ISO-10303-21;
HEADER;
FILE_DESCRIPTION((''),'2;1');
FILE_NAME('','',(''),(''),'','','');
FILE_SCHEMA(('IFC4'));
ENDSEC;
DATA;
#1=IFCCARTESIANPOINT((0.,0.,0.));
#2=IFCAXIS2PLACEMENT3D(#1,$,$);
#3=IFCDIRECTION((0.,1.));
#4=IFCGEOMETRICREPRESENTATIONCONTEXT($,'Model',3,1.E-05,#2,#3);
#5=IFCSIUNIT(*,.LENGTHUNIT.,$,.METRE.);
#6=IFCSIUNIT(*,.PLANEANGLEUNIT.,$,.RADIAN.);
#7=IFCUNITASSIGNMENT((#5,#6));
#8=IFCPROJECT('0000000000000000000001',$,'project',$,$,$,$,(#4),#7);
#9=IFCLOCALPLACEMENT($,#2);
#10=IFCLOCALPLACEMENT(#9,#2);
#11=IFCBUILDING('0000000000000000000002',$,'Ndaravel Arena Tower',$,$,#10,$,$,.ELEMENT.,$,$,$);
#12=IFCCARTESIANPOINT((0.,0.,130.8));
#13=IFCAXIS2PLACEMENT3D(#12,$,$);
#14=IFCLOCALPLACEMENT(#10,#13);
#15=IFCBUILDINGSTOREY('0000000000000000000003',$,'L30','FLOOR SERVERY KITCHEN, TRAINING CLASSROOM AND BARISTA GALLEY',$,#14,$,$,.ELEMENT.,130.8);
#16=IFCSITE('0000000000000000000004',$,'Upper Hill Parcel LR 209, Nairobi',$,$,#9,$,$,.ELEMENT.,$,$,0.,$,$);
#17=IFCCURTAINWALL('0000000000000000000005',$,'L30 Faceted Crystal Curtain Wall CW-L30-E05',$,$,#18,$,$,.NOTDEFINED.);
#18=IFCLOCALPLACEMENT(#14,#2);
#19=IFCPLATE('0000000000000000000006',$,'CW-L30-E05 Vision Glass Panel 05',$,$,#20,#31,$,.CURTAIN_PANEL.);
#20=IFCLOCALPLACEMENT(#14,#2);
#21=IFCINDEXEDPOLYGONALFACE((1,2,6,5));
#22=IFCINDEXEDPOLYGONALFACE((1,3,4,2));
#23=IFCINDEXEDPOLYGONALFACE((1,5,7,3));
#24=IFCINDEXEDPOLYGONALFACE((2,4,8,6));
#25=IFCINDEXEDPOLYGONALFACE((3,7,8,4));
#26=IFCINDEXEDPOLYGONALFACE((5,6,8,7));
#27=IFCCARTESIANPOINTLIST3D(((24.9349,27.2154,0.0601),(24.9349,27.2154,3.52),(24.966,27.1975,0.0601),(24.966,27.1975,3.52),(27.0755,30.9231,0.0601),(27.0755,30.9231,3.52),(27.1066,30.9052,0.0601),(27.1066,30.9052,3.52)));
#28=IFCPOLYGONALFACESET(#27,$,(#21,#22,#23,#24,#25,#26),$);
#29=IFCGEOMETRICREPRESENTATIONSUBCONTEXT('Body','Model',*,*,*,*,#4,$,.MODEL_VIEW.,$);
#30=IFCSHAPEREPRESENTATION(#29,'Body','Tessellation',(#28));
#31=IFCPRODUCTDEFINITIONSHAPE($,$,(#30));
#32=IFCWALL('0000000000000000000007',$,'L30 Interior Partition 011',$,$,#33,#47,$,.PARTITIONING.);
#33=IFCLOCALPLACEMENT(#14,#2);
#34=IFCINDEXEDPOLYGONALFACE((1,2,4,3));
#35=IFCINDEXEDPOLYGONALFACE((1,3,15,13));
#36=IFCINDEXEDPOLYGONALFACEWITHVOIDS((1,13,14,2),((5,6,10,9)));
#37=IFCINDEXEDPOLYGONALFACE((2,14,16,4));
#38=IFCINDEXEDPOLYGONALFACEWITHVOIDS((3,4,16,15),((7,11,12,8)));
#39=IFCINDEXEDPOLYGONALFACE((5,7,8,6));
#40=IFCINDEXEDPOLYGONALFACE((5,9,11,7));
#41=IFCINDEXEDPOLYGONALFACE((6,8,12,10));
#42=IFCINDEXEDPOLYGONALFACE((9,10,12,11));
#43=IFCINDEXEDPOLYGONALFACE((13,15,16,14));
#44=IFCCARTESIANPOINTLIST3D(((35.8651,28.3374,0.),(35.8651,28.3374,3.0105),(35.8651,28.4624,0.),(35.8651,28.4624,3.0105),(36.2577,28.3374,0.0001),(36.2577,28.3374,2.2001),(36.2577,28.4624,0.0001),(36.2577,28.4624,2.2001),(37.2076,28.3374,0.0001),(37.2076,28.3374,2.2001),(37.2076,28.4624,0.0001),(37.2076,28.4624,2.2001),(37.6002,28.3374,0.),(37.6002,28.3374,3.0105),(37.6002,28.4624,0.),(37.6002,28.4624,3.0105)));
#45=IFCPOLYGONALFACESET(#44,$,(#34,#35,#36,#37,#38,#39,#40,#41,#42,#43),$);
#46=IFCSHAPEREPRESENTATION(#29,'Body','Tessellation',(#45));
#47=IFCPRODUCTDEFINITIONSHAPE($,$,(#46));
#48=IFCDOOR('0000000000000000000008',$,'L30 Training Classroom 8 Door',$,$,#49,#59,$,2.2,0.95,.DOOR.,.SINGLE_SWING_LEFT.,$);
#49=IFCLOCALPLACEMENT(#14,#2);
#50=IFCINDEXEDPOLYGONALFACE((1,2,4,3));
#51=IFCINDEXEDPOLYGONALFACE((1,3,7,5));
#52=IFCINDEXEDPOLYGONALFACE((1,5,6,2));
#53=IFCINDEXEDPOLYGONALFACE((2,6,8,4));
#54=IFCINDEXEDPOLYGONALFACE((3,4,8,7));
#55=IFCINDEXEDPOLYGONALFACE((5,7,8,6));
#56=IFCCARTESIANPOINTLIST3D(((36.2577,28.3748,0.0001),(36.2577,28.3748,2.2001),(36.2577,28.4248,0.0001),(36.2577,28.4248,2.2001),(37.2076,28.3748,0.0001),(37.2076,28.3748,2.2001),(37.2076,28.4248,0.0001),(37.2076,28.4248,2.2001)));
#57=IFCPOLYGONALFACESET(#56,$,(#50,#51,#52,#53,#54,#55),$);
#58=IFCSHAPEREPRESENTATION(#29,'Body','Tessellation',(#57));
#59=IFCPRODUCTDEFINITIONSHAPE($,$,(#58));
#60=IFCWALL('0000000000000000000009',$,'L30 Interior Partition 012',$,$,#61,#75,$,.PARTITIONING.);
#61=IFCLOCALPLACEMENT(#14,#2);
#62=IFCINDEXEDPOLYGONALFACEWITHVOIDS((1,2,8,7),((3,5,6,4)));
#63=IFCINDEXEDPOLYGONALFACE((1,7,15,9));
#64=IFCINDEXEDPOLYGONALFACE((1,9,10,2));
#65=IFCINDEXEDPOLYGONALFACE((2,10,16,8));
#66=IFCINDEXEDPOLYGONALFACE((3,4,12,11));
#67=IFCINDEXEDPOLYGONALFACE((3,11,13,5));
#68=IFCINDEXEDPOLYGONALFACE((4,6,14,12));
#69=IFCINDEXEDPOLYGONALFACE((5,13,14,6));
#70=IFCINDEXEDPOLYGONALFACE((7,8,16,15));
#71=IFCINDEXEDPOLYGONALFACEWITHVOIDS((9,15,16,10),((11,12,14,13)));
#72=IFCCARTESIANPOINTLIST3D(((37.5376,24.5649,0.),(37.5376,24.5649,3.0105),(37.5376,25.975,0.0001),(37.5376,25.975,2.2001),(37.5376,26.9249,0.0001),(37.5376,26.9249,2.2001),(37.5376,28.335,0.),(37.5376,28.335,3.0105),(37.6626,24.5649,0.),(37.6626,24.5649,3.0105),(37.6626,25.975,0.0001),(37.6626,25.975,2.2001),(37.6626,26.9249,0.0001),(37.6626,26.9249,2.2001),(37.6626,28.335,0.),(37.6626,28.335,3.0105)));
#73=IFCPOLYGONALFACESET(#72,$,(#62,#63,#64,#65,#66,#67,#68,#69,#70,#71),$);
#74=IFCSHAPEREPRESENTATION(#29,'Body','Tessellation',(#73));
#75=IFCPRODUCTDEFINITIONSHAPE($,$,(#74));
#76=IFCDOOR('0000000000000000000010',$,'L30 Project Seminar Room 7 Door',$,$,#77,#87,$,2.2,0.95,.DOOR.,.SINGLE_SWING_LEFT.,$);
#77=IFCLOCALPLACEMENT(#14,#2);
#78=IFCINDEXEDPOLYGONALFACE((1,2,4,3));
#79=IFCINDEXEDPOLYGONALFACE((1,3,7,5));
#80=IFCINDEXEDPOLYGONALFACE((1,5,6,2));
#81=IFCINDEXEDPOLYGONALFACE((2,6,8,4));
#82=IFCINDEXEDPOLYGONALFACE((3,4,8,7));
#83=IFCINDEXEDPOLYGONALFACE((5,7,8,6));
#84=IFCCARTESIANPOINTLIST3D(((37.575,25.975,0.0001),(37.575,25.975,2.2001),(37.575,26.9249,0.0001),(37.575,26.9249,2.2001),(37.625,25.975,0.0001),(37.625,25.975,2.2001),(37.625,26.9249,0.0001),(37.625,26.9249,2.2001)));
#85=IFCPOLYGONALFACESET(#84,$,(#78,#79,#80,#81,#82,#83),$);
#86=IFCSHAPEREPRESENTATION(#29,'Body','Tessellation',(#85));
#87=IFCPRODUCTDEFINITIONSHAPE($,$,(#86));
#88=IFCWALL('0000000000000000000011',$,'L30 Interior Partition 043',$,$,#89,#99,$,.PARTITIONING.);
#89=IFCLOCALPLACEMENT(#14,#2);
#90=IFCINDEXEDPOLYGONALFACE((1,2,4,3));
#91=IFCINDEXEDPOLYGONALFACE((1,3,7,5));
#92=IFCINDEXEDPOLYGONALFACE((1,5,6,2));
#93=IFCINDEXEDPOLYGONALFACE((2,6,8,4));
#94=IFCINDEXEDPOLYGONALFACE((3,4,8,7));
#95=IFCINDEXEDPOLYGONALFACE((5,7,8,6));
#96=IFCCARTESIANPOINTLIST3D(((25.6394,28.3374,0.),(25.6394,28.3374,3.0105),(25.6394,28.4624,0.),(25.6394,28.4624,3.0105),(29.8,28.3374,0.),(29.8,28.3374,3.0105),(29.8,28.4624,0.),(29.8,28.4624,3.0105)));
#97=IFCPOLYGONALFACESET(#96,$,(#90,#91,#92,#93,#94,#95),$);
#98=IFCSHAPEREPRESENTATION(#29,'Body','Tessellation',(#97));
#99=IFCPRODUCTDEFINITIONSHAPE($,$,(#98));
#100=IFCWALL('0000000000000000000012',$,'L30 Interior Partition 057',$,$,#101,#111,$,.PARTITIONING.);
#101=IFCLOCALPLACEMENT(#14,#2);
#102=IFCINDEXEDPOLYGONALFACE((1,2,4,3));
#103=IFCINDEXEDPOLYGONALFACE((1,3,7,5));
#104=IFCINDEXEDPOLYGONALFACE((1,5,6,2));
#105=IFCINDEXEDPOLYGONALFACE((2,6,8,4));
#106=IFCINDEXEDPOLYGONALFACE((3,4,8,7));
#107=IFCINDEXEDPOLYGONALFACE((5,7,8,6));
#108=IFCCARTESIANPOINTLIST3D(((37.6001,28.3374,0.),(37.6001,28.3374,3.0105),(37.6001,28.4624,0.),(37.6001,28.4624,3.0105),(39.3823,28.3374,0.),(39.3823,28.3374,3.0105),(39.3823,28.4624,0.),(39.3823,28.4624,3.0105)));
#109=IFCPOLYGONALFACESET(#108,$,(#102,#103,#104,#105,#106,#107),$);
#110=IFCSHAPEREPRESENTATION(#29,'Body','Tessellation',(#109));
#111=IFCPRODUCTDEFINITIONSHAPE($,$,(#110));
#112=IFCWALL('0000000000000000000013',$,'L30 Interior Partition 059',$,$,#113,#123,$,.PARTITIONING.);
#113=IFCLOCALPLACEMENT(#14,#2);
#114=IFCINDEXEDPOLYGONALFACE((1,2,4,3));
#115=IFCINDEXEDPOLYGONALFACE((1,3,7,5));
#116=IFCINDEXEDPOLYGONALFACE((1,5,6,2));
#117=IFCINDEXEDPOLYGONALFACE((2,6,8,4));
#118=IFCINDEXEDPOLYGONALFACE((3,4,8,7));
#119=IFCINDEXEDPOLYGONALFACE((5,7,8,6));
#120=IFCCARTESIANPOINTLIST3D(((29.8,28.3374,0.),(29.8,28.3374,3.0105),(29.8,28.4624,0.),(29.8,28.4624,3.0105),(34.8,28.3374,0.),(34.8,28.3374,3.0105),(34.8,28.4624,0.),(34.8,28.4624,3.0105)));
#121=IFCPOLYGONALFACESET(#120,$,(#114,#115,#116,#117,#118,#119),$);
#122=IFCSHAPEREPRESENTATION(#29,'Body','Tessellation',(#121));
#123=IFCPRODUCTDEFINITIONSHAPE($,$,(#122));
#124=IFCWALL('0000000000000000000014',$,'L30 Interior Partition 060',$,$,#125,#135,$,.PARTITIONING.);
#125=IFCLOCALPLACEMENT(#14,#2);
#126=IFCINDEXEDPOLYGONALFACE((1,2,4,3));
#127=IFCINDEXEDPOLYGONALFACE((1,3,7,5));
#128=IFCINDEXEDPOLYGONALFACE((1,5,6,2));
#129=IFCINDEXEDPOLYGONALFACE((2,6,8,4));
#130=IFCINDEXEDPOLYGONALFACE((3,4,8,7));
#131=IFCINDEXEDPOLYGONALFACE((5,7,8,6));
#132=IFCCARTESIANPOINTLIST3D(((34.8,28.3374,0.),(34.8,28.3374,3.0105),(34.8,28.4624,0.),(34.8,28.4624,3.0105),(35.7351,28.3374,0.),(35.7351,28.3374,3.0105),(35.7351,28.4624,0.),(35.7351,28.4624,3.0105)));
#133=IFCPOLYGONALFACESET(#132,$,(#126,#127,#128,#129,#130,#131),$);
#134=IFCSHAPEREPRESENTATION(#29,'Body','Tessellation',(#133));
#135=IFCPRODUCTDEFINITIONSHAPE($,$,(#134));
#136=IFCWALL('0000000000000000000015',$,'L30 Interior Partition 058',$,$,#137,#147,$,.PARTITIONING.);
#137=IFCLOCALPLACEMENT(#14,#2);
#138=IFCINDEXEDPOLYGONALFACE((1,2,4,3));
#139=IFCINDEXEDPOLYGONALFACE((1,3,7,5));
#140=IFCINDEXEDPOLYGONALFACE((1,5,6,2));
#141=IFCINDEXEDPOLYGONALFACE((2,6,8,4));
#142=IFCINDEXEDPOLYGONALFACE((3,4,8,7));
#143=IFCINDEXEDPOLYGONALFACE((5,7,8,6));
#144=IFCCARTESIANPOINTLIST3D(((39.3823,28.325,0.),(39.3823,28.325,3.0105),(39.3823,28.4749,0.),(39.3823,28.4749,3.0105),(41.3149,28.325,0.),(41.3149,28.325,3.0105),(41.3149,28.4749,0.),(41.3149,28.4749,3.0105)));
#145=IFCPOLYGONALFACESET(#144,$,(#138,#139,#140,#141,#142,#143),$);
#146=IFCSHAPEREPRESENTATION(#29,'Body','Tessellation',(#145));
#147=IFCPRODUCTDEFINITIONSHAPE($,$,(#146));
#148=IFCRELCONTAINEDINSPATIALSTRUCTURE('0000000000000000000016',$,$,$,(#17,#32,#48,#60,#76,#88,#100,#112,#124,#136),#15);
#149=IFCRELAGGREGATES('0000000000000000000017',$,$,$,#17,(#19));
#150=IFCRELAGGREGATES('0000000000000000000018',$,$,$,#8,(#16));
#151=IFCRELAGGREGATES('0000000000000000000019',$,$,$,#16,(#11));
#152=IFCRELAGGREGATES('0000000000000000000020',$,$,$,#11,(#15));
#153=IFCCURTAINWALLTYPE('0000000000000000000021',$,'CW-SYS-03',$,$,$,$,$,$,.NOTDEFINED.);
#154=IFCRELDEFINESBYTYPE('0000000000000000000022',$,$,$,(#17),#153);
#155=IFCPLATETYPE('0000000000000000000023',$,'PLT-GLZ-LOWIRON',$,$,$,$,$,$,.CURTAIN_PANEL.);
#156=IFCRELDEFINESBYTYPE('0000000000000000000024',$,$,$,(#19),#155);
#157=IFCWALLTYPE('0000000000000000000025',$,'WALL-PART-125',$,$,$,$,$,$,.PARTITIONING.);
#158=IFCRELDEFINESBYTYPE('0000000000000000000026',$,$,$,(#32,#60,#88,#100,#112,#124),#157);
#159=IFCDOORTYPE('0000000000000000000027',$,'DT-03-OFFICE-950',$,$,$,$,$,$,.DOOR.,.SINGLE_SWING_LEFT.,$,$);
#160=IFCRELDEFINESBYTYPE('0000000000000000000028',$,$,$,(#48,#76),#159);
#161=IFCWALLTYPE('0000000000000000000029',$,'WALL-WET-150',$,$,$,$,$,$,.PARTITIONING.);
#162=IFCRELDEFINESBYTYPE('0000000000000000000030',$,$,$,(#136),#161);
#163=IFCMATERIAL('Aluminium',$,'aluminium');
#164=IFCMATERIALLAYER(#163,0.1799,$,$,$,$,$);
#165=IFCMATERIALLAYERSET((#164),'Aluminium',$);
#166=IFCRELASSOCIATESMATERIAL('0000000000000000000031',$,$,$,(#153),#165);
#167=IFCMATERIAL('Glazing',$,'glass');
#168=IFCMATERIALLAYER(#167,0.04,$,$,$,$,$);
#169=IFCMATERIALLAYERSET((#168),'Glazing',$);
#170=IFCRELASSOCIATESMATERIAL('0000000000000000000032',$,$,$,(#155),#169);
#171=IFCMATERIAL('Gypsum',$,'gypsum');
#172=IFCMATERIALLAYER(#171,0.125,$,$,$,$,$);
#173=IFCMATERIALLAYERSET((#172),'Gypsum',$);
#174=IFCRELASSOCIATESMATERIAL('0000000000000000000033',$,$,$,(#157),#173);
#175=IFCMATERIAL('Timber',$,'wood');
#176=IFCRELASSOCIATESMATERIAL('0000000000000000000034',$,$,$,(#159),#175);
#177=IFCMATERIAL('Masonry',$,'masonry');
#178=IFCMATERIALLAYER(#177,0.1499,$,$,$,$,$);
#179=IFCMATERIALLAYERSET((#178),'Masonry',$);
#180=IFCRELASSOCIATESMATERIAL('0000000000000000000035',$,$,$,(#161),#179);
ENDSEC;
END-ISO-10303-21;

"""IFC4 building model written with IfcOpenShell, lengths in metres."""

from ifc_helpers import new_model, si_unit, direction, frame, frame_2d, origin, origin_2d, place, context, subcontext, project, spatial, rectangle, extrude, material, layer, layer_set, type_object, element, fill, aggregate, save


model = new_model("IFC4")

# Units and contexts
model_context = context("Model", 3, precision=1e-05, world=origin(), true_north=direction((0.0, 1.0)))
body_context = subcontext(model_context, "Body", "Model", "MODEL_VIEW")
ifc_project = project(units=[si_unit("LENGTHUNIT", "METRE"), si_unit("PLANEANGLEUNIT", "RADIAN")], contexts=[model_context])

# Site, building, storey
site_placement = place(None, origin())
site = spatial("IfcSite", under=ifc_project, at=site_placement, Name="Upper Hill Parcel LR 209, Nairobi", CompositionType="ELEMENT", RefElevation=0.0)
building_placement = place(site_placement, origin())
building = spatial("IfcBuilding", under=site, at=building_placement, Name="Ndaravel Arena Tower", CompositionType="ELEMENT")
storey_placement = place(building_placement, frame((0.0, 0.0, 130.8)))
storey = spatial("IfcBuildingStorey", under=building, at=storey_placement, Name="L30", Description="FLOOR SERVERY KITCHEN, TRAINING CLASSROOM AND BARISTA GALLEY", CompositionType="ELEMENT", Elevation=130.8)

# Curtain wall, plate
ifc_material_1 = material(Name="Aluminium", Category="aluminium")
ifc_layer_1 = layer(ifc_material_1, 0.1799)
ifc_layer_set_1 = layer_set([ifc_layer_1], Name="Aluminium")
curtain_wall_type = type_object("IfcCurtainWallType", Name="CW-SYS-03", PredefinedType="NOTDEFINED", material=ifc_layer_set_1)
curtain_wall_placement = place(storey_placement, origin())
curtain_wall = element("IfcCurtainWall", 1, at=curtain_wall_placement, inside=storey, type_object=curtain_wall_type, Name="L30 Faceted Crystal Curtain Wall CW-L30-E05", PredefinedType="NOTDEFINED")
ifc_material_2 = material(Name="Glazing", Category="glass")
ifc_layer_2 = layer(ifc_material_2, 0.04)
ifc_layer_set_2 = layer_set([ifc_layer_2], Name="Glazing")
plate_type = type_object("IfcPlateType", Name="PLT-GLZ-LOWIRON", PredefinedType="CURTAIN_PANEL", material=ifc_layer_set_2)
plate_1_placement = place(storey_placement, frame((26.0208, 29.0603, 0.0601), z_axis=(0.0, 0.0, 1.0), x_axis=(-0.5, -0.866025, 0.0)))
plate_1 = element("IfcPlate", 2, at=plate_1_placement, type_object=plate_type, Name="CW-L30-E05 Vision Glass Panel 05", PredefinedType="CURTAIN_PANEL", context=body_context, shape_type="SweptSolid", body=[
    extrude(rectangle(XDim=4.2812, YDim=0.0359, at=origin_2d()), origin(), (0.0, 0.0, 1.0), 3.46),
])
aggregate(curtain_wall, [plate_1])

# Walls, openings, doors
ifc_material_3 = material(Name="Gypsum", Category="gypsum")
ifc_layer_3 = layer(ifc_material_3, 0.125)
ifc_layer_set_3 = layer_set([ifc_layer_3], Name="Gypsum")
wall_type_1 = type_object("IfcWallType", Name="WALL-PART-125", PredefinedType="PARTITIONING", material=ifc_layer_set_3)
wall_1_placement = place(storey_placement, frame((35.865, 28.3999, 0.0), z_axis=(0.0, 0.0, 1.0), x_axis=(1.0, 0.0, 0.0)))
wall_1 = element("IfcWall", 3, at=wall_1_placement, inside=storey, type_object=wall_type_1, Name="L30 Interior Partition 011", PredefinedType="PARTITIONING", context=body_context, shape_type="SweptSolid", body=[
    extrude(rectangle(XDim=1.7351, YDim=0.125, at=frame_2d((0.8677, 0.0))), origin(), (0.0, 0.0, 1.0), 3.0105),
])
opening_1_placement = place(wall_1_placement, frame((0.3926, 0.0, 0.0)))
opening_1 = element("IfcOpeningElement", 4, at=opening_1_placement, cuts=wall_1, PredefinedType="OPENING", context=body_context, shape_type="SweptSolid", body=[
    extrude(rectangle(XDim=0.95, YDim=2.2, at=frame_2d((0.4751, 1.1001))), frame((0.0, 0.0625, 0.0), z_axis=(0.0, -1.0, 0.0), x_axis=(1.0, 0.0, 0.0)), (0.0, 0.0, 1.0), 0.125),
])
ifc_material_4 = material(Name="Timber", Category="wood")
door_type = type_object("IfcDoorType", Name="DT-03-OFFICE-950", OperationType="SINGLE_SWING_LEFT", PredefinedType="DOOR", material=ifc_material_4)
door_1_placement = place(opening_1_placement, origin())
door_1 = element("IfcDoor", 5, at=door_1_placement, inside=storey, type_object=door_type, Name="L30 Training Classroom 8 Door", OperationType="SINGLE_SWING_LEFT", OverallHeight=2.2, OverallWidth=0.95, PredefinedType="DOOR", context=body_context, shape_type="SweptSolid", body=[
    extrude(rectangle(XDim=0.95, YDim=2.2, at=frame_2d((0.4751, 1.1001))), frame((0.0, 0.0249, 0.0), z_axis=(0.0, -1.0, 0.0), x_axis=(1.0, 0.0, 0.0)), (0.0, 0.0, 1.0), 0.05),
])
fill(opening_1, door_1)
wall_2_placement = place(storey_placement, frame((37.6001, 28.335, 0.0), z_axis=(0.0, 0.0, 1.0), x_axis=(0.0, -1.0, 0.0)))
wall_2 = element("IfcWall", 6, at=wall_2_placement, inside=storey, type_object=wall_type_1, Name="L30 Interior Partition 012", PredefinedType="PARTITIONING", context=body_context, shape_type="SweptSolid", body=[
    extrude(rectangle(XDim=3.77, YDim=0.125, at=frame_2d((1.885, 0.0))), origin(), (0.0, 0.0, 1.0), 3.0105),
])
opening_2_placement = place(wall_2_placement, frame((1.4099, 0.0, 0.0)))
opening_2 = element("IfcOpeningElement", 7, at=opening_2_placement, cuts=wall_2, PredefinedType="OPENING", context=body_context, shape_type="SweptSolid", body=[
    extrude(rectangle(XDim=0.95, YDim=2.2, at=frame_2d((0.4751, 1.1001))), frame((0.0, 0.0625, 0.0), z_axis=(0.0, -1.0, 0.0), x_axis=(1.0, 0.0, 0.0)), (0.0, 0.0, 1.0), 0.125),
])
door_2_placement = place(opening_2_placement, origin())
door_2 = element("IfcDoor", 8, at=door_2_placement, inside=storey, type_object=door_type, Name="L30 Project Seminar Room 7 Door", OperationType="SINGLE_SWING_LEFT", OverallHeight=2.2, OverallWidth=0.95, PredefinedType="DOOR", context=body_context, shape_type="SweptSolid", body=[
    extrude(rectangle(XDim=0.95, YDim=2.2, at=frame_2d((0.4751, 1.1001))), frame((0.0, 0.0249, 0.0), z_axis=(0.0, -1.0, 0.0), x_axis=(1.0, 0.0, 0.0)), (0.0, 0.0, 1.0), 0.05),
])
fill(opening_2, door_2)

# Walls
wall_3_placement = place(storey_placement, frame((25.6394, 28.3999, 0.0), z_axis=(0.0, 0.0, 1.0), x_axis=(1.0, 0.0, 0.0)))
element("IfcWall", 9, at=wall_3_placement, inside=storey, type_object=wall_type_1, Name="L30 Interior Partition 043", PredefinedType="PARTITIONING", context=body_context, shape_type="SweptSolid", body=[
    extrude(rectangle(XDim=4.1606, YDim=0.125, at=frame_2d((2.0803, 0.0))), origin(), (0.0, 0.0, 1.0), 3.0105),
])
wall_4_placement = place(storey_placement, frame((37.6001, 28.3999, 0.0), z_axis=(0.0, 0.0, 1.0), x_axis=(1.0, 0.0, 0.0)))
element("IfcWall", 10, at=wall_4_placement, inside=storey, type_object=wall_type_1, Name="L30 Interior Partition 057", PredefinedType="PARTITIONING", context=body_context, shape_type="SweptSolid", body=[
    extrude(rectangle(XDim=1.7822, YDim=0.125, at=frame_2d((0.8911, 0.0))), origin(), (0.0, 0.0, 1.0), 3.0105),
])
wall_5_placement = place(storey_placement, frame((29.8, 28.3999, 0.0), z_axis=(0.0, 0.0, 1.0), x_axis=(1.0, 0.0, 0.0)))
element("IfcWall", 11, at=wall_5_placement, inside=storey, type_object=wall_type_1, Name="L30 Interior Partition 059", PredefinedType="PARTITIONING", context=body_context, shape_type="SweptSolid", body=[
    extrude(rectangle(XDim=5.0, YDim=0.125, at=frame_2d((2.5, 0.0))), origin(), (0.0, 0.0, 1.0), 3.0105),
])
wall_6_placement = place(storey_placement, frame((34.8, 28.3999, 0.0), z_axis=(0.0, 0.0, 1.0), x_axis=(1.0, 0.0, 0.0)))
element("IfcWall", 12, at=wall_6_placement, inside=storey, type_object=wall_type_1, Name="L30 Interior Partition 060", PredefinedType="PARTITIONING", context=body_context, shape_type="SweptSolid", body=[
    extrude(rectangle(XDim=0.9351, YDim=0.125, at=frame_2d((0.4675, 0.0))), origin(), (0.0, 0.0, 1.0), 3.0105),
])
ifc_material_5 = material(Name="Masonry", Category="masonry")
ifc_layer_4 = layer(ifc_material_5, 0.1499)
ifc_layer_set_4 = layer_set([ifc_layer_4], Name="Masonry")
wall_type_2 = type_object("IfcWallType", Name="WALL-WET-150", PredefinedType="PARTITIONING", material=ifc_layer_set_4)
wall_7_placement = place(storey_placement, frame((39.3823, 28.3999, 0.0), z_axis=(0.0, 0.0, 1.0), x_axis=(1.0, 0.0, 0.0)))
element("IfcWall", 13, at=wall_7_placement, inside=storey, type_object=wall_type_2, Name="L30 Interior Partition 058", PredefinedType="PARTITIONING", context=body_context, shape_type="SweptSolid", body=[
    extrude(rectangle(XDim=1.9326, YDim=0.1499, at=frame_2d((0.9663, 0.0))), origin(), (0.0, 0.0, 1.0), 3.0105),
])

save(model, "model.ifc")
